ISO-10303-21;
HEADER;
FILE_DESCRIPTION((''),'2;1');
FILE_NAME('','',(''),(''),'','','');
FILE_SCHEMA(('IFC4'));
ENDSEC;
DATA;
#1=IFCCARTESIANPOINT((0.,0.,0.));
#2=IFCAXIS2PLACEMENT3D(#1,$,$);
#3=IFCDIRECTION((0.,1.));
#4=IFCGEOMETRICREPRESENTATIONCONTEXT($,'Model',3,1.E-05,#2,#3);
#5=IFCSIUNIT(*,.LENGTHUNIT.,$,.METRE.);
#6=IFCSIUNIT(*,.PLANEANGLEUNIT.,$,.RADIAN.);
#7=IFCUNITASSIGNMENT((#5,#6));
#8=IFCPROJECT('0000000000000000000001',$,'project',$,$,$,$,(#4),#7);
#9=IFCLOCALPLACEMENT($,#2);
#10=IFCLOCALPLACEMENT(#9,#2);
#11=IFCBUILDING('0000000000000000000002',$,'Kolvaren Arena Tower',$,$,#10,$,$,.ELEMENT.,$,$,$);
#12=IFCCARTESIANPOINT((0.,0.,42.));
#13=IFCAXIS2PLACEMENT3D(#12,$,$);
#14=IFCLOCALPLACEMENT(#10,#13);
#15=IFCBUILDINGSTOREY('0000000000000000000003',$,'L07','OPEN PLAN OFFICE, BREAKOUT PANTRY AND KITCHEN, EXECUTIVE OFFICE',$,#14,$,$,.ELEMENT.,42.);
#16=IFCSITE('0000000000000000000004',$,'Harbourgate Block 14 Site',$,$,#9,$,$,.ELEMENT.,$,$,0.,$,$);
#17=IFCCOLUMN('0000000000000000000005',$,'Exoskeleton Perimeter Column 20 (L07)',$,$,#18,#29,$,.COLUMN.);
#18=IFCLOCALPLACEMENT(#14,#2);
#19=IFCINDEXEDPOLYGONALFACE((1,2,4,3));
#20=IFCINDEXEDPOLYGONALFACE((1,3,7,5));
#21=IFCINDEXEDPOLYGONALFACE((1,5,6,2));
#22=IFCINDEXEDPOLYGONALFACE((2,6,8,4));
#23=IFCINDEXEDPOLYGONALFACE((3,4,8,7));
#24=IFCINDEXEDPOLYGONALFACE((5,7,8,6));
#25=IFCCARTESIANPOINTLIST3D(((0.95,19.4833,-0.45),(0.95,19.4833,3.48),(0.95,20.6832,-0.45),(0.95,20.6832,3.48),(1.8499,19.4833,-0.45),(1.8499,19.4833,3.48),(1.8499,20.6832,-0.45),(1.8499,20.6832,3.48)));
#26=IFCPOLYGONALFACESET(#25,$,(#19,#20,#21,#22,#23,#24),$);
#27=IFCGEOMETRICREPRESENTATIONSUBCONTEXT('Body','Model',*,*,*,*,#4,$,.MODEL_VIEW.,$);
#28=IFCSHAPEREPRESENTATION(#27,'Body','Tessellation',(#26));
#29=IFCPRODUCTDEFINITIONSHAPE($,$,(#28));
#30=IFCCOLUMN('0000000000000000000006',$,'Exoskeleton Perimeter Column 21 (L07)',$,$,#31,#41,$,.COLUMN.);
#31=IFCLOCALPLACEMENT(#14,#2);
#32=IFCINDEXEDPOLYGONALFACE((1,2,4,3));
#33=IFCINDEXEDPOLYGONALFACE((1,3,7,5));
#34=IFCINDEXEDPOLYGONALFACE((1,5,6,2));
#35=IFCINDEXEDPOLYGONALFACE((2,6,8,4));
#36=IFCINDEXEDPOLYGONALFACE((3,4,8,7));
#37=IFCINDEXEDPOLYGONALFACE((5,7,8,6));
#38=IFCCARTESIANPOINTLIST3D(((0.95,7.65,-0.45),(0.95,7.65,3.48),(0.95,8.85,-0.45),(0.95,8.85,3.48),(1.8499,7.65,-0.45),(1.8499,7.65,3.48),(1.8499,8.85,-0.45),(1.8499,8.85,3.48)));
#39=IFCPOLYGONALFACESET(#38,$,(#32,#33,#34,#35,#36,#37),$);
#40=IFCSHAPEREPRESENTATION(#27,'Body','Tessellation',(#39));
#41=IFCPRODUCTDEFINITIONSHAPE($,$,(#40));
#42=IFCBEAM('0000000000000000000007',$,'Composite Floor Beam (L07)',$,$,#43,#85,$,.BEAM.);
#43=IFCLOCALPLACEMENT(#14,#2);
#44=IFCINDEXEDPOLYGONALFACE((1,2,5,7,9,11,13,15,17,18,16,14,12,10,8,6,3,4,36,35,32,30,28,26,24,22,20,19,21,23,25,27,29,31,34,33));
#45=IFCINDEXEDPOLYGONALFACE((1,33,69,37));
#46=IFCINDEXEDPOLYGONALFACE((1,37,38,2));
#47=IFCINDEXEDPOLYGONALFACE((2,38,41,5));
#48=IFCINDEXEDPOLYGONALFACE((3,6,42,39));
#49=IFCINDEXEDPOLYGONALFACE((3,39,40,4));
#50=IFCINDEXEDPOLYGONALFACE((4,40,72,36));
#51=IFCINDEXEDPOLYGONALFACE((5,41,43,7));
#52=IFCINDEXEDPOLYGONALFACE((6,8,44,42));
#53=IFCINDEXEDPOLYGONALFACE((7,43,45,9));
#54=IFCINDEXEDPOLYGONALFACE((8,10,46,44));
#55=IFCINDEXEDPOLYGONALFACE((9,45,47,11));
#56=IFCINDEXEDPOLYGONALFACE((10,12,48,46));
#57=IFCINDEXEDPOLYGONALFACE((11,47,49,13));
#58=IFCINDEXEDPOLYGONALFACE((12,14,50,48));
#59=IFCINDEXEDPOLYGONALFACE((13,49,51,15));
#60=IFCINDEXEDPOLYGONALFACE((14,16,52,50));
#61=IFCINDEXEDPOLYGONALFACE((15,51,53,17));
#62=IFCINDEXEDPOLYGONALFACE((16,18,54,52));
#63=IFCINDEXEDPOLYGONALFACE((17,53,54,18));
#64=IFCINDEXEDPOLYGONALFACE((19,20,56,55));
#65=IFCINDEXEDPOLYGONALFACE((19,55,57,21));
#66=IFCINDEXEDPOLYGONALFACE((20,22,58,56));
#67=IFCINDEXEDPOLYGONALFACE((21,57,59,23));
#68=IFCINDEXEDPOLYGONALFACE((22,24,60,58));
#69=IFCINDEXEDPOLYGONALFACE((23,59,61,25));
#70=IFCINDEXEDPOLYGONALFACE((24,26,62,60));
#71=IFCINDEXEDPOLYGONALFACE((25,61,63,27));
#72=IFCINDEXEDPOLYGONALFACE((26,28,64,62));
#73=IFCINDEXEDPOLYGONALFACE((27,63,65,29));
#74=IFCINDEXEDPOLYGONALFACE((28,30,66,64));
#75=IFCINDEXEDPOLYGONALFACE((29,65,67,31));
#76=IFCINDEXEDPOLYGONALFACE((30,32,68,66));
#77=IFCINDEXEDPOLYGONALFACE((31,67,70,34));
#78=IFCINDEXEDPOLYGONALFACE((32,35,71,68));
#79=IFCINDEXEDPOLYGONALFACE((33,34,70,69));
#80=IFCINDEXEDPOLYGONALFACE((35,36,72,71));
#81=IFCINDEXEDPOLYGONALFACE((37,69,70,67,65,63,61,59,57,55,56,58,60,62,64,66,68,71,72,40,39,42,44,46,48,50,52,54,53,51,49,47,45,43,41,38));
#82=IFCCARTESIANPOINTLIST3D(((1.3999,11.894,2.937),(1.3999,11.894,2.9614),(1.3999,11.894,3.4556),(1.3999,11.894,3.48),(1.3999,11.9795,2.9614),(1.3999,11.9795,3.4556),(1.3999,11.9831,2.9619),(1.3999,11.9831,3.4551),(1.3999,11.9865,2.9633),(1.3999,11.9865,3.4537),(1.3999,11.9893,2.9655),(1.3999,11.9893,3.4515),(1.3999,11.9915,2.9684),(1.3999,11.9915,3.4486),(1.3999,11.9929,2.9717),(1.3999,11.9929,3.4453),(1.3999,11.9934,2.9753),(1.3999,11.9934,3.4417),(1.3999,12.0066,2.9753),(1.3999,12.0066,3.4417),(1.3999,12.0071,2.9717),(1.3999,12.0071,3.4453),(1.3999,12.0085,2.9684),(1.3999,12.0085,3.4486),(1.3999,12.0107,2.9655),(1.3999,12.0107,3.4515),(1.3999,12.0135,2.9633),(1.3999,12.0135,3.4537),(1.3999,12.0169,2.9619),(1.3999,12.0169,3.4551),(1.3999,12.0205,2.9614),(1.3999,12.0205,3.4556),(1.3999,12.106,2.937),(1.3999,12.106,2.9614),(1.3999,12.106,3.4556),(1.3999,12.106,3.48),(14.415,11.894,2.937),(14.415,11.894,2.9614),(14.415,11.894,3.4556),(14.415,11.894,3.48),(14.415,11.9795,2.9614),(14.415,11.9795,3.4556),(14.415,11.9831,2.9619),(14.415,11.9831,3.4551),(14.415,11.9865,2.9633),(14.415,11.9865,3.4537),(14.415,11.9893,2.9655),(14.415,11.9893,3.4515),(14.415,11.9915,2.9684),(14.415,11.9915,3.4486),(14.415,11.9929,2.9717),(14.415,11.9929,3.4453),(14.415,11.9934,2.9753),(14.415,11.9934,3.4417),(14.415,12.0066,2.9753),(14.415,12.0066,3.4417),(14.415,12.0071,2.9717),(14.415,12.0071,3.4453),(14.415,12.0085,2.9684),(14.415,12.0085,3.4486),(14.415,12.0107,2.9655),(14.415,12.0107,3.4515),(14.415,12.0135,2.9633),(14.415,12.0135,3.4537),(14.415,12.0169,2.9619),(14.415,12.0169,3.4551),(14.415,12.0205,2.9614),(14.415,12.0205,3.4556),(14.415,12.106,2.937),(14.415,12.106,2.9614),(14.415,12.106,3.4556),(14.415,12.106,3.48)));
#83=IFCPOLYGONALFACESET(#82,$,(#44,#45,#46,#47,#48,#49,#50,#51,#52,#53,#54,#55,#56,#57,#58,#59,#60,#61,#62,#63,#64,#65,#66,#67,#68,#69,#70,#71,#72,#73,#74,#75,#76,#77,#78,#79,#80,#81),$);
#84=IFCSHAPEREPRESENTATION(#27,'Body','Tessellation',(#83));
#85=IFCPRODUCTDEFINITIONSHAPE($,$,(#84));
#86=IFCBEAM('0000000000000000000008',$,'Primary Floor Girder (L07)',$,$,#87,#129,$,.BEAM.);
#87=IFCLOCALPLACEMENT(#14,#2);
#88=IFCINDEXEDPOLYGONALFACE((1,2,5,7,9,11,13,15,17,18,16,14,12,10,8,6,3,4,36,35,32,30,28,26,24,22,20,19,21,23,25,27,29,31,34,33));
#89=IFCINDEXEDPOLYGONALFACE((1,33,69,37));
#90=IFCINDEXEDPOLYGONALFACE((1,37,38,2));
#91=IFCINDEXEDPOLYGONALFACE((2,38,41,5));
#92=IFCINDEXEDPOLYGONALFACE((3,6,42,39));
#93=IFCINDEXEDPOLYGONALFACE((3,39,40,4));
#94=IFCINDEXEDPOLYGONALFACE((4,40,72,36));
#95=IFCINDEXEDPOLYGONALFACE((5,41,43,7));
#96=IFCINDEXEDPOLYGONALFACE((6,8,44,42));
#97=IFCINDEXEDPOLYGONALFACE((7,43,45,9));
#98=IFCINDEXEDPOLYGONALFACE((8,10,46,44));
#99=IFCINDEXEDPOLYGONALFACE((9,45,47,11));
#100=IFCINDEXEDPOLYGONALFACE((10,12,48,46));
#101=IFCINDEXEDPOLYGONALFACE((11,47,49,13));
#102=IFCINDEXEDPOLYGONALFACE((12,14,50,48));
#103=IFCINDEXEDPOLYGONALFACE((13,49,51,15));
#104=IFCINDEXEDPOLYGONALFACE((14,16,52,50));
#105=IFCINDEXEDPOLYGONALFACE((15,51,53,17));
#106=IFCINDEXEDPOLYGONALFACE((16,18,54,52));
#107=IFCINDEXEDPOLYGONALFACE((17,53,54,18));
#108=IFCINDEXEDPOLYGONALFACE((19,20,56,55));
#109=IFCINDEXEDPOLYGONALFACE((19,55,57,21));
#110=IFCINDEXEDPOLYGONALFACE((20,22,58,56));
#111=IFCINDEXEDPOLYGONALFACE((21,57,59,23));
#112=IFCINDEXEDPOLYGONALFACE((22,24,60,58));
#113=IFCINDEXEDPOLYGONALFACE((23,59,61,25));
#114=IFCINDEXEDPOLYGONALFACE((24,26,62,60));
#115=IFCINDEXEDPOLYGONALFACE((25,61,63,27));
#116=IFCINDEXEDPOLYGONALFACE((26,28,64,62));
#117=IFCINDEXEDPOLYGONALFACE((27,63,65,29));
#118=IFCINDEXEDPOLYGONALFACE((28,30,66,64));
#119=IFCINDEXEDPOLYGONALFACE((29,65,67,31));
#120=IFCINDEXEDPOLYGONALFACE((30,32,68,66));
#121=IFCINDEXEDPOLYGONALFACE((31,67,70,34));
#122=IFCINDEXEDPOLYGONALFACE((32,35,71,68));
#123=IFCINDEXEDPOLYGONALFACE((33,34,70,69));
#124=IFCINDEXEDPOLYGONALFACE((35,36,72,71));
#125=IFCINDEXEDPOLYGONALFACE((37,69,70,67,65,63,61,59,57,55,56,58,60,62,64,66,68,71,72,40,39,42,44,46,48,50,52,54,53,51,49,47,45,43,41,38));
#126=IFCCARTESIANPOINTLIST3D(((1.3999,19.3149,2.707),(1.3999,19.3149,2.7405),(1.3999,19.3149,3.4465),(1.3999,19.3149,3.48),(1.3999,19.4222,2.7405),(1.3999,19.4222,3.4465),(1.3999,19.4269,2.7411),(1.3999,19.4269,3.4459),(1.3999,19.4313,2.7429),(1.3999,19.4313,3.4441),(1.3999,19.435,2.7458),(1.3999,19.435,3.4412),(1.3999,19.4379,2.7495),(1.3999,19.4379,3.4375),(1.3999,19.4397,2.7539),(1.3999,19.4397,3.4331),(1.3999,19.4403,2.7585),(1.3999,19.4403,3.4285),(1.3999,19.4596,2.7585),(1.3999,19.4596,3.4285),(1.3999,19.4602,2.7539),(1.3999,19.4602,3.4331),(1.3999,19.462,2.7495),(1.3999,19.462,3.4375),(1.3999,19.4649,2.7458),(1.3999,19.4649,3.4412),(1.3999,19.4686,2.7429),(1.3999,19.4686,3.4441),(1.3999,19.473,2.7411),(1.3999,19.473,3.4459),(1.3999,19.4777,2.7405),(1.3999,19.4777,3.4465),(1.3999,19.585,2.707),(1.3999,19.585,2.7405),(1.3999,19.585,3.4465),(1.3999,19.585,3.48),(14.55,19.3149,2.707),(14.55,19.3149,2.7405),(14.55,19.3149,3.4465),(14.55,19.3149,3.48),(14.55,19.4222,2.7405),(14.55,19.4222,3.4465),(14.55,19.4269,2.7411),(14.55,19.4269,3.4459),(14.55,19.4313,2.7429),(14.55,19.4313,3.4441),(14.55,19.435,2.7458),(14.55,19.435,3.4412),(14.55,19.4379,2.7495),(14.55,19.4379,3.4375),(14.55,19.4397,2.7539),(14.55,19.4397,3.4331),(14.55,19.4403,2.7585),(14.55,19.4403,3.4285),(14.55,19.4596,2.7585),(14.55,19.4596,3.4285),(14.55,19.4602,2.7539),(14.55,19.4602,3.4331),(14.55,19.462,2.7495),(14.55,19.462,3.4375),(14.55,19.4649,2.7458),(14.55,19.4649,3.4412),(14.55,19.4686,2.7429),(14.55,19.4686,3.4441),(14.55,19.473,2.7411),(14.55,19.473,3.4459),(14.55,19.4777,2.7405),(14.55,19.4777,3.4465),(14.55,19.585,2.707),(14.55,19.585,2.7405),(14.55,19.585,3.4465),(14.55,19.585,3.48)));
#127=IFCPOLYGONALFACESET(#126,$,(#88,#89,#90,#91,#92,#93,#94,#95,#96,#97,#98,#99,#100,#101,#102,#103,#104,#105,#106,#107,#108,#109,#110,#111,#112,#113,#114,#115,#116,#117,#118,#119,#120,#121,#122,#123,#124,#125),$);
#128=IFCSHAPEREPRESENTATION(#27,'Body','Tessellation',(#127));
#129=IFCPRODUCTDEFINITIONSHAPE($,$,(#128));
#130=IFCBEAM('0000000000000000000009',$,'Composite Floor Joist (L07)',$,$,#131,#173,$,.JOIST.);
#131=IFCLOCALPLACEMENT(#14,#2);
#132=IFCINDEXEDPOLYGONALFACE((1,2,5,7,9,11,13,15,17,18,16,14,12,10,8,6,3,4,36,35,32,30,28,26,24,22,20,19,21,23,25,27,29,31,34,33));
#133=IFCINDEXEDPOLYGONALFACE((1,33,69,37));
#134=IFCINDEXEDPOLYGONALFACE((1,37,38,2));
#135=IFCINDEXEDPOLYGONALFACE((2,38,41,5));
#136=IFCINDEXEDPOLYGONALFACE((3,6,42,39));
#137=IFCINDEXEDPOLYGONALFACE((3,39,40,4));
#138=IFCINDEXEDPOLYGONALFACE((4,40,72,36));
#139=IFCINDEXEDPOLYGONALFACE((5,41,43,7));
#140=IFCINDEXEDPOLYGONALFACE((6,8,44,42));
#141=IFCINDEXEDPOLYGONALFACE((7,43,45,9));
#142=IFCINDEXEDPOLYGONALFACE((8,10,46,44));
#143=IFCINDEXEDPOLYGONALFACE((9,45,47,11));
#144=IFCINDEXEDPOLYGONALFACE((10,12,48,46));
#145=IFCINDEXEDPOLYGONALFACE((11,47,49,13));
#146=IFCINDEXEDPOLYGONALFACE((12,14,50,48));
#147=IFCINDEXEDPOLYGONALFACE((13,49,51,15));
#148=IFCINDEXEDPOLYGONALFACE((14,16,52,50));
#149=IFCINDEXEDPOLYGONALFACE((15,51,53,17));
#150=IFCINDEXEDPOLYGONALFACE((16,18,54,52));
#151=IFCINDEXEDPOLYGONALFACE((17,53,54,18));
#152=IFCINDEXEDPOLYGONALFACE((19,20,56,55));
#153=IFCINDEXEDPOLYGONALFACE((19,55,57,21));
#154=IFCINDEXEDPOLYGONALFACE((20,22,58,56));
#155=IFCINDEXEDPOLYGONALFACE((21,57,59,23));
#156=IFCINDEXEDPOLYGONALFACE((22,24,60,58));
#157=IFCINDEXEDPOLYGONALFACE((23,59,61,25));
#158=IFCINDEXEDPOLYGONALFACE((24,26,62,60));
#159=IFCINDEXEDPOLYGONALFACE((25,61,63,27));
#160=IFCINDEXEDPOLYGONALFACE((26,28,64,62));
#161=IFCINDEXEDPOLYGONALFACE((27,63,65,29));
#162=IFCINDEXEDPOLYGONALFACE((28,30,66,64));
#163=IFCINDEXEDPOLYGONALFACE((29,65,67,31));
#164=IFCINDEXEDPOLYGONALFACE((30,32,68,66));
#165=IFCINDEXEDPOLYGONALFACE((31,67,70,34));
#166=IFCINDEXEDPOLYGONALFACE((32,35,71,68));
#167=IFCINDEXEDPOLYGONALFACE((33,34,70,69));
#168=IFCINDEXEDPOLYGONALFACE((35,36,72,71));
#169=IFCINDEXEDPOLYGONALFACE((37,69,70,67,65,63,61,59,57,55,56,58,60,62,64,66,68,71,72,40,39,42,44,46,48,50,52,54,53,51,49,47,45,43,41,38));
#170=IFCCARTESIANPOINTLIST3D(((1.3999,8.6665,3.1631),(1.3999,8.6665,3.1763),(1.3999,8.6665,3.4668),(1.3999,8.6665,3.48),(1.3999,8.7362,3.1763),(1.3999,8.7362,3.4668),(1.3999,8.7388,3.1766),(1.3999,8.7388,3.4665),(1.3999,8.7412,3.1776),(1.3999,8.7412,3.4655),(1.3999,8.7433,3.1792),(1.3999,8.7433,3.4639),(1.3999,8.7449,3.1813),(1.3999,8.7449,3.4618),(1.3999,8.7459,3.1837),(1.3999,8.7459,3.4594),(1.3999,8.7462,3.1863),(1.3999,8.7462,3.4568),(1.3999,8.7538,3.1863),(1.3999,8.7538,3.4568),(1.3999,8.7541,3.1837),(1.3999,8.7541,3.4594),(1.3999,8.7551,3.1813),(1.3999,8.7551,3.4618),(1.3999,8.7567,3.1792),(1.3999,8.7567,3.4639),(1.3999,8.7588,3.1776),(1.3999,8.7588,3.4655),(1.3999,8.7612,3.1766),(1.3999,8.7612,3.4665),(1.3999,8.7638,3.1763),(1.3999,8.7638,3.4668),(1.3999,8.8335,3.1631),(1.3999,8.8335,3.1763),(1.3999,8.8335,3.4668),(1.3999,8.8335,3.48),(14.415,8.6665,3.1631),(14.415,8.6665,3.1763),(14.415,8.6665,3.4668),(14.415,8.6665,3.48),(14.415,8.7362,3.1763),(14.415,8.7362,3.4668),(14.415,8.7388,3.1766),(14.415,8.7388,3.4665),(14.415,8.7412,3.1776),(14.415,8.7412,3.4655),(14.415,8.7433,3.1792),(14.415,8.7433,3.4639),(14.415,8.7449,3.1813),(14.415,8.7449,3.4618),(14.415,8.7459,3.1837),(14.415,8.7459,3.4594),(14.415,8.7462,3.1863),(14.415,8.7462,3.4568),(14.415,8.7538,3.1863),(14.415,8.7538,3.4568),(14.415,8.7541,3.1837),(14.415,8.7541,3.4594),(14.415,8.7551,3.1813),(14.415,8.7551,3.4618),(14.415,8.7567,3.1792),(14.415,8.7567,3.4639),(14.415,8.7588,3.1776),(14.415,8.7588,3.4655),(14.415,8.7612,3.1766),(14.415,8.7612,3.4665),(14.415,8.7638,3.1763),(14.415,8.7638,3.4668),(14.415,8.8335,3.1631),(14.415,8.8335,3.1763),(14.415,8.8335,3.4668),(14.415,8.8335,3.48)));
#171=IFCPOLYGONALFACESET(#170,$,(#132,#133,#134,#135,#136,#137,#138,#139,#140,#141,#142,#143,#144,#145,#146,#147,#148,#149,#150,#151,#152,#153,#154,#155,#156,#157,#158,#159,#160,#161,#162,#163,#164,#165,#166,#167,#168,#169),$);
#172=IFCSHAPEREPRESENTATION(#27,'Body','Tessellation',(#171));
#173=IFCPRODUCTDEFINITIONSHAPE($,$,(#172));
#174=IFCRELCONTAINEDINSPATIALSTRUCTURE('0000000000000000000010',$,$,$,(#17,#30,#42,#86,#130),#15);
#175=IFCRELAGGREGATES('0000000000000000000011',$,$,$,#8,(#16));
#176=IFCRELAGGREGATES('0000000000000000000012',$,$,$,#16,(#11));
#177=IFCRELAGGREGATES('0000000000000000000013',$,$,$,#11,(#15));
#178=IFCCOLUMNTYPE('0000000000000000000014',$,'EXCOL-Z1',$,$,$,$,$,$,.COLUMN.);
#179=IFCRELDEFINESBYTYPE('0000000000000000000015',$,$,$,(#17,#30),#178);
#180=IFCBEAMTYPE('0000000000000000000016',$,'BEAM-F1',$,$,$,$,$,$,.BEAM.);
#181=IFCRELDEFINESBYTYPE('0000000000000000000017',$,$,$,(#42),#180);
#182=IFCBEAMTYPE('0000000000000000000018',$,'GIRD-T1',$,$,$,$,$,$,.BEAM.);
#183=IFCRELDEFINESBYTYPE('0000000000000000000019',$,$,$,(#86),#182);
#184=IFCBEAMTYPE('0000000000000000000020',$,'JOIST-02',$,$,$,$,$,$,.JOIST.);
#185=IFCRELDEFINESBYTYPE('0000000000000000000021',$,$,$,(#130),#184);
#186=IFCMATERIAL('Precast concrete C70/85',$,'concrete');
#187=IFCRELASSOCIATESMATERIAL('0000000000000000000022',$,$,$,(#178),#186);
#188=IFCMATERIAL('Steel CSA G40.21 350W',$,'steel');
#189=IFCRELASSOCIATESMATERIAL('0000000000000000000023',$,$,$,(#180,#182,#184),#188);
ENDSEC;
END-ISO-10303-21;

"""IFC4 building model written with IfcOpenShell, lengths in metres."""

from ifc_helpers import new_model, si_unit, direction, frame, origin, origin_2d, place, context, subcontext, project, spatial, rectangle, i_section, extrude, material, material_profile, profile_set, type_object, element, save


model = new_model("IFC4")

# Units and contexts
model_context = context("Model", 3, precision=1e-05, world=origin(), true_north=direction((0.0, 1.0)))
body_context = subcontext(model_context, "Body", "Model", "MODEL_VIEW")
ifc_project = project(units=[si_unit("LENGTHUNIT", "METRE"), si_unit("PLANEANGLEUNIT", "RADIAN")], contexts=[model_context])

# Site, building, storey
site_placement = place(None, origin())
site = spatial("IfcSite", under=ifc_project, at=site_placement, Name="Harbourgate Block 14 Site", CompositionType="ELEMENT", RefElevation=0.0)
building_placement = place(site_placement, origin())
building = spatial("IfcBuilding", under=site, at=building_placement, Name="Kolvaren Arena Tower", CompositionType="ELEMENT")
storey_placement = place(building_placement, frame((0.0, 0.0, 42.0)))
storey = spatial("IfcBuildingStorey", under=building, at=storey_placement, Name="L07", Description="OPEN PLAN OFFICE, BREAKOUT PANTRY AND KITCHEN, EXECUTIVE OFFICE", CompositionType="ELEMENT", Elevation=42.0)

# Columns
ifc_material_1 = material(Name="Precast concrete C70/85", Category="concrete")
ifc_material_profile_1 = material_profile(ifc_material_1, rectangle(XDim=1.2, YDim=0.8999, at=origin_2d()), Name="RC-1200x900")
ifc_profile_set_1 = profile_set([ifc_material_profile_1], Name="Precast concrete C70/85")
column_type = type_object("IfcColumnType", Name="EXCOL-Z1", PredefinedType="COLUMN", material=ifc_profile_set_1)
for number, where, z_axis, x_axis, name in (
    (1, (1.3999, 20.0833, -0.45), (0.0, 0.0, 1.0), (0.0, 1.0, 0.0), "Exoskeleton Perimeter Column 20 (L07)"),
    (2, (1.3999, 8.25, -0.45), (0.0, 0.0, 1.0), (0.0, 1.0, 0.0), "Exoskeleton Perimeter Column 21 (L07)"),
):
    element("IfcColumn", number, at=place(storey_placement, frame(where, z_axis=z_axis, x_axis=x_axis)), inside=storey, type_object=column_type, Name=name, PredefinedType="COLUMN", context=body_context, shape_type="SweptSolid", body=[
        extrude(rectangle(XDim=1.2, YDim=0.8999, at=origin_2d()), origin(), (0.0, 0.0, 1.0), 3.9299),
    ])

# Beams
ifc_material_2 = material(Name="Steel CSA G40.21 350W", Category="steel")
ifc_material_profile_2 = material_profile(ifc_material_2, i_section(OverallWidth=0.2119, OverallDepth=0.543, WebThickness=0.0132, FlangeThickness=0.0244, FilletRadius=0.0139, at=origin_2d()), Name="W530x150")
ifc_profile_set_2 = profile_set([ifc_material_profile_2], Name="Steel CSA G40.21 350W")
beam_type_1 = type_object("IfcBeamType", Name="BEAM-F1", PredefinedType="BEAM", material=ifc_profile_set_2)
beam_1_placement = place(storey_placement, frame((1.3999, 12.0, 3.2085), z_axis=(1.0, 0.0, 0.0), x_axis=(0.0, 1.0, 0.0)))
element("IfcBeam", 3, at=beam_1_placement, inside=storey, type_object=beam_type_1, Name="Composite Floor Beam (L07)", PredefinedType="BEAM", context=body_context, shape_type="SweptSolid", body=[
    extrude(i_section(OverallWidth=0.2119, OverallDepth=0.543, WebThickness=0.0132, FlangeThickness=0.0244, FilletRadius=0.0139, at=origin_2d()), origin(), (0.0, 0.0, 1.0), 13.0151),
])
ifc_material_profile_3 = material_profile(ifc_material_2, i_section(OverallWidth=0.27, OverallDepth=0.7729, WebThickness=0.0193, FlangeThickness=0.0334, FilletRadius=0.0181, at=origin_2d()), Name="W760x257")
ifc_profile_set_3 = profile_set([ifc_material_profile_3], Name="Steel CSA G40.21 350W")
beam_type_2 = type_object("IfcBeamType", Name="GIRD-T1", PredefinedType="BEAM", material=ifc_profile_set_3)
beam_2_placement = place(storey_placement, frame((1.3999, 19.45, 3.0935), z_axis=(1.0, 0.0, 0.0), x_axis=(0.0, 1.0, 0.0)))
element("IfcBeam", 4, at=beam_2_placement, inside=storey, type_object=beam_type_2, Name="Primary Floor Girder (L07)", PredefinedType="BEAM", context=body_context, shape_type="SweptSolid", body=[
    extrude(i_section(OverallWidth=0.27, OverallDepth=0.7729, WebThickness=0.0193, FlangeThickness=0.0334, FilletRadius=0.0181, at=origin_2d()), origin(), (0.0, 0.0, 1.0), 13.1501),
])
ifc_material_profile_4 = material_profile(ifc_material_2, i_section(OverallWidth=0.167, OverallDepth=0.3169, WebThickness=0.0076, FlangeThickness=0.0132, FilletRadius=0.01, at=origin_2d()), Name="W310x52")
ifc_profile_set_4 = profile_set([ifc_material_profile_4], Name="Steel CSA G40.21 350W")
beam_type_3 = type_object("IfcBeamType", Name="JOIST-02", PredefinedType="JOIST", material=ifc_profile_set_4)
for number, where, z_axis, x_axis, name in (
    (5, (1.3999, 8.75, 3.3215), (1.0, 0.0, 0.0), (0.0, 1.0, 0.0), "Composite Floor Joist (L07)"),
):
    element("IfcBeam", number, at=place(storey_placement, frame(where, z_axis=z_axis, x_axis=x_axis)), inside=storey, type_object=beam_type_3, Name=name, PredefinedType="JOIST", context=body_context, shape_type="SweptSolid", body=[
        extrude(i_section(OverallWidth=0.167, OverallDepth=0.3169, WebThickness=0.0076, FlangeThickness=0.0132, FilletRadius=0.01, at=origin_2d()), origin(), (0.0, 0.0, 1.0), 13.0151),
    ])

save(model, "model.ifc")
